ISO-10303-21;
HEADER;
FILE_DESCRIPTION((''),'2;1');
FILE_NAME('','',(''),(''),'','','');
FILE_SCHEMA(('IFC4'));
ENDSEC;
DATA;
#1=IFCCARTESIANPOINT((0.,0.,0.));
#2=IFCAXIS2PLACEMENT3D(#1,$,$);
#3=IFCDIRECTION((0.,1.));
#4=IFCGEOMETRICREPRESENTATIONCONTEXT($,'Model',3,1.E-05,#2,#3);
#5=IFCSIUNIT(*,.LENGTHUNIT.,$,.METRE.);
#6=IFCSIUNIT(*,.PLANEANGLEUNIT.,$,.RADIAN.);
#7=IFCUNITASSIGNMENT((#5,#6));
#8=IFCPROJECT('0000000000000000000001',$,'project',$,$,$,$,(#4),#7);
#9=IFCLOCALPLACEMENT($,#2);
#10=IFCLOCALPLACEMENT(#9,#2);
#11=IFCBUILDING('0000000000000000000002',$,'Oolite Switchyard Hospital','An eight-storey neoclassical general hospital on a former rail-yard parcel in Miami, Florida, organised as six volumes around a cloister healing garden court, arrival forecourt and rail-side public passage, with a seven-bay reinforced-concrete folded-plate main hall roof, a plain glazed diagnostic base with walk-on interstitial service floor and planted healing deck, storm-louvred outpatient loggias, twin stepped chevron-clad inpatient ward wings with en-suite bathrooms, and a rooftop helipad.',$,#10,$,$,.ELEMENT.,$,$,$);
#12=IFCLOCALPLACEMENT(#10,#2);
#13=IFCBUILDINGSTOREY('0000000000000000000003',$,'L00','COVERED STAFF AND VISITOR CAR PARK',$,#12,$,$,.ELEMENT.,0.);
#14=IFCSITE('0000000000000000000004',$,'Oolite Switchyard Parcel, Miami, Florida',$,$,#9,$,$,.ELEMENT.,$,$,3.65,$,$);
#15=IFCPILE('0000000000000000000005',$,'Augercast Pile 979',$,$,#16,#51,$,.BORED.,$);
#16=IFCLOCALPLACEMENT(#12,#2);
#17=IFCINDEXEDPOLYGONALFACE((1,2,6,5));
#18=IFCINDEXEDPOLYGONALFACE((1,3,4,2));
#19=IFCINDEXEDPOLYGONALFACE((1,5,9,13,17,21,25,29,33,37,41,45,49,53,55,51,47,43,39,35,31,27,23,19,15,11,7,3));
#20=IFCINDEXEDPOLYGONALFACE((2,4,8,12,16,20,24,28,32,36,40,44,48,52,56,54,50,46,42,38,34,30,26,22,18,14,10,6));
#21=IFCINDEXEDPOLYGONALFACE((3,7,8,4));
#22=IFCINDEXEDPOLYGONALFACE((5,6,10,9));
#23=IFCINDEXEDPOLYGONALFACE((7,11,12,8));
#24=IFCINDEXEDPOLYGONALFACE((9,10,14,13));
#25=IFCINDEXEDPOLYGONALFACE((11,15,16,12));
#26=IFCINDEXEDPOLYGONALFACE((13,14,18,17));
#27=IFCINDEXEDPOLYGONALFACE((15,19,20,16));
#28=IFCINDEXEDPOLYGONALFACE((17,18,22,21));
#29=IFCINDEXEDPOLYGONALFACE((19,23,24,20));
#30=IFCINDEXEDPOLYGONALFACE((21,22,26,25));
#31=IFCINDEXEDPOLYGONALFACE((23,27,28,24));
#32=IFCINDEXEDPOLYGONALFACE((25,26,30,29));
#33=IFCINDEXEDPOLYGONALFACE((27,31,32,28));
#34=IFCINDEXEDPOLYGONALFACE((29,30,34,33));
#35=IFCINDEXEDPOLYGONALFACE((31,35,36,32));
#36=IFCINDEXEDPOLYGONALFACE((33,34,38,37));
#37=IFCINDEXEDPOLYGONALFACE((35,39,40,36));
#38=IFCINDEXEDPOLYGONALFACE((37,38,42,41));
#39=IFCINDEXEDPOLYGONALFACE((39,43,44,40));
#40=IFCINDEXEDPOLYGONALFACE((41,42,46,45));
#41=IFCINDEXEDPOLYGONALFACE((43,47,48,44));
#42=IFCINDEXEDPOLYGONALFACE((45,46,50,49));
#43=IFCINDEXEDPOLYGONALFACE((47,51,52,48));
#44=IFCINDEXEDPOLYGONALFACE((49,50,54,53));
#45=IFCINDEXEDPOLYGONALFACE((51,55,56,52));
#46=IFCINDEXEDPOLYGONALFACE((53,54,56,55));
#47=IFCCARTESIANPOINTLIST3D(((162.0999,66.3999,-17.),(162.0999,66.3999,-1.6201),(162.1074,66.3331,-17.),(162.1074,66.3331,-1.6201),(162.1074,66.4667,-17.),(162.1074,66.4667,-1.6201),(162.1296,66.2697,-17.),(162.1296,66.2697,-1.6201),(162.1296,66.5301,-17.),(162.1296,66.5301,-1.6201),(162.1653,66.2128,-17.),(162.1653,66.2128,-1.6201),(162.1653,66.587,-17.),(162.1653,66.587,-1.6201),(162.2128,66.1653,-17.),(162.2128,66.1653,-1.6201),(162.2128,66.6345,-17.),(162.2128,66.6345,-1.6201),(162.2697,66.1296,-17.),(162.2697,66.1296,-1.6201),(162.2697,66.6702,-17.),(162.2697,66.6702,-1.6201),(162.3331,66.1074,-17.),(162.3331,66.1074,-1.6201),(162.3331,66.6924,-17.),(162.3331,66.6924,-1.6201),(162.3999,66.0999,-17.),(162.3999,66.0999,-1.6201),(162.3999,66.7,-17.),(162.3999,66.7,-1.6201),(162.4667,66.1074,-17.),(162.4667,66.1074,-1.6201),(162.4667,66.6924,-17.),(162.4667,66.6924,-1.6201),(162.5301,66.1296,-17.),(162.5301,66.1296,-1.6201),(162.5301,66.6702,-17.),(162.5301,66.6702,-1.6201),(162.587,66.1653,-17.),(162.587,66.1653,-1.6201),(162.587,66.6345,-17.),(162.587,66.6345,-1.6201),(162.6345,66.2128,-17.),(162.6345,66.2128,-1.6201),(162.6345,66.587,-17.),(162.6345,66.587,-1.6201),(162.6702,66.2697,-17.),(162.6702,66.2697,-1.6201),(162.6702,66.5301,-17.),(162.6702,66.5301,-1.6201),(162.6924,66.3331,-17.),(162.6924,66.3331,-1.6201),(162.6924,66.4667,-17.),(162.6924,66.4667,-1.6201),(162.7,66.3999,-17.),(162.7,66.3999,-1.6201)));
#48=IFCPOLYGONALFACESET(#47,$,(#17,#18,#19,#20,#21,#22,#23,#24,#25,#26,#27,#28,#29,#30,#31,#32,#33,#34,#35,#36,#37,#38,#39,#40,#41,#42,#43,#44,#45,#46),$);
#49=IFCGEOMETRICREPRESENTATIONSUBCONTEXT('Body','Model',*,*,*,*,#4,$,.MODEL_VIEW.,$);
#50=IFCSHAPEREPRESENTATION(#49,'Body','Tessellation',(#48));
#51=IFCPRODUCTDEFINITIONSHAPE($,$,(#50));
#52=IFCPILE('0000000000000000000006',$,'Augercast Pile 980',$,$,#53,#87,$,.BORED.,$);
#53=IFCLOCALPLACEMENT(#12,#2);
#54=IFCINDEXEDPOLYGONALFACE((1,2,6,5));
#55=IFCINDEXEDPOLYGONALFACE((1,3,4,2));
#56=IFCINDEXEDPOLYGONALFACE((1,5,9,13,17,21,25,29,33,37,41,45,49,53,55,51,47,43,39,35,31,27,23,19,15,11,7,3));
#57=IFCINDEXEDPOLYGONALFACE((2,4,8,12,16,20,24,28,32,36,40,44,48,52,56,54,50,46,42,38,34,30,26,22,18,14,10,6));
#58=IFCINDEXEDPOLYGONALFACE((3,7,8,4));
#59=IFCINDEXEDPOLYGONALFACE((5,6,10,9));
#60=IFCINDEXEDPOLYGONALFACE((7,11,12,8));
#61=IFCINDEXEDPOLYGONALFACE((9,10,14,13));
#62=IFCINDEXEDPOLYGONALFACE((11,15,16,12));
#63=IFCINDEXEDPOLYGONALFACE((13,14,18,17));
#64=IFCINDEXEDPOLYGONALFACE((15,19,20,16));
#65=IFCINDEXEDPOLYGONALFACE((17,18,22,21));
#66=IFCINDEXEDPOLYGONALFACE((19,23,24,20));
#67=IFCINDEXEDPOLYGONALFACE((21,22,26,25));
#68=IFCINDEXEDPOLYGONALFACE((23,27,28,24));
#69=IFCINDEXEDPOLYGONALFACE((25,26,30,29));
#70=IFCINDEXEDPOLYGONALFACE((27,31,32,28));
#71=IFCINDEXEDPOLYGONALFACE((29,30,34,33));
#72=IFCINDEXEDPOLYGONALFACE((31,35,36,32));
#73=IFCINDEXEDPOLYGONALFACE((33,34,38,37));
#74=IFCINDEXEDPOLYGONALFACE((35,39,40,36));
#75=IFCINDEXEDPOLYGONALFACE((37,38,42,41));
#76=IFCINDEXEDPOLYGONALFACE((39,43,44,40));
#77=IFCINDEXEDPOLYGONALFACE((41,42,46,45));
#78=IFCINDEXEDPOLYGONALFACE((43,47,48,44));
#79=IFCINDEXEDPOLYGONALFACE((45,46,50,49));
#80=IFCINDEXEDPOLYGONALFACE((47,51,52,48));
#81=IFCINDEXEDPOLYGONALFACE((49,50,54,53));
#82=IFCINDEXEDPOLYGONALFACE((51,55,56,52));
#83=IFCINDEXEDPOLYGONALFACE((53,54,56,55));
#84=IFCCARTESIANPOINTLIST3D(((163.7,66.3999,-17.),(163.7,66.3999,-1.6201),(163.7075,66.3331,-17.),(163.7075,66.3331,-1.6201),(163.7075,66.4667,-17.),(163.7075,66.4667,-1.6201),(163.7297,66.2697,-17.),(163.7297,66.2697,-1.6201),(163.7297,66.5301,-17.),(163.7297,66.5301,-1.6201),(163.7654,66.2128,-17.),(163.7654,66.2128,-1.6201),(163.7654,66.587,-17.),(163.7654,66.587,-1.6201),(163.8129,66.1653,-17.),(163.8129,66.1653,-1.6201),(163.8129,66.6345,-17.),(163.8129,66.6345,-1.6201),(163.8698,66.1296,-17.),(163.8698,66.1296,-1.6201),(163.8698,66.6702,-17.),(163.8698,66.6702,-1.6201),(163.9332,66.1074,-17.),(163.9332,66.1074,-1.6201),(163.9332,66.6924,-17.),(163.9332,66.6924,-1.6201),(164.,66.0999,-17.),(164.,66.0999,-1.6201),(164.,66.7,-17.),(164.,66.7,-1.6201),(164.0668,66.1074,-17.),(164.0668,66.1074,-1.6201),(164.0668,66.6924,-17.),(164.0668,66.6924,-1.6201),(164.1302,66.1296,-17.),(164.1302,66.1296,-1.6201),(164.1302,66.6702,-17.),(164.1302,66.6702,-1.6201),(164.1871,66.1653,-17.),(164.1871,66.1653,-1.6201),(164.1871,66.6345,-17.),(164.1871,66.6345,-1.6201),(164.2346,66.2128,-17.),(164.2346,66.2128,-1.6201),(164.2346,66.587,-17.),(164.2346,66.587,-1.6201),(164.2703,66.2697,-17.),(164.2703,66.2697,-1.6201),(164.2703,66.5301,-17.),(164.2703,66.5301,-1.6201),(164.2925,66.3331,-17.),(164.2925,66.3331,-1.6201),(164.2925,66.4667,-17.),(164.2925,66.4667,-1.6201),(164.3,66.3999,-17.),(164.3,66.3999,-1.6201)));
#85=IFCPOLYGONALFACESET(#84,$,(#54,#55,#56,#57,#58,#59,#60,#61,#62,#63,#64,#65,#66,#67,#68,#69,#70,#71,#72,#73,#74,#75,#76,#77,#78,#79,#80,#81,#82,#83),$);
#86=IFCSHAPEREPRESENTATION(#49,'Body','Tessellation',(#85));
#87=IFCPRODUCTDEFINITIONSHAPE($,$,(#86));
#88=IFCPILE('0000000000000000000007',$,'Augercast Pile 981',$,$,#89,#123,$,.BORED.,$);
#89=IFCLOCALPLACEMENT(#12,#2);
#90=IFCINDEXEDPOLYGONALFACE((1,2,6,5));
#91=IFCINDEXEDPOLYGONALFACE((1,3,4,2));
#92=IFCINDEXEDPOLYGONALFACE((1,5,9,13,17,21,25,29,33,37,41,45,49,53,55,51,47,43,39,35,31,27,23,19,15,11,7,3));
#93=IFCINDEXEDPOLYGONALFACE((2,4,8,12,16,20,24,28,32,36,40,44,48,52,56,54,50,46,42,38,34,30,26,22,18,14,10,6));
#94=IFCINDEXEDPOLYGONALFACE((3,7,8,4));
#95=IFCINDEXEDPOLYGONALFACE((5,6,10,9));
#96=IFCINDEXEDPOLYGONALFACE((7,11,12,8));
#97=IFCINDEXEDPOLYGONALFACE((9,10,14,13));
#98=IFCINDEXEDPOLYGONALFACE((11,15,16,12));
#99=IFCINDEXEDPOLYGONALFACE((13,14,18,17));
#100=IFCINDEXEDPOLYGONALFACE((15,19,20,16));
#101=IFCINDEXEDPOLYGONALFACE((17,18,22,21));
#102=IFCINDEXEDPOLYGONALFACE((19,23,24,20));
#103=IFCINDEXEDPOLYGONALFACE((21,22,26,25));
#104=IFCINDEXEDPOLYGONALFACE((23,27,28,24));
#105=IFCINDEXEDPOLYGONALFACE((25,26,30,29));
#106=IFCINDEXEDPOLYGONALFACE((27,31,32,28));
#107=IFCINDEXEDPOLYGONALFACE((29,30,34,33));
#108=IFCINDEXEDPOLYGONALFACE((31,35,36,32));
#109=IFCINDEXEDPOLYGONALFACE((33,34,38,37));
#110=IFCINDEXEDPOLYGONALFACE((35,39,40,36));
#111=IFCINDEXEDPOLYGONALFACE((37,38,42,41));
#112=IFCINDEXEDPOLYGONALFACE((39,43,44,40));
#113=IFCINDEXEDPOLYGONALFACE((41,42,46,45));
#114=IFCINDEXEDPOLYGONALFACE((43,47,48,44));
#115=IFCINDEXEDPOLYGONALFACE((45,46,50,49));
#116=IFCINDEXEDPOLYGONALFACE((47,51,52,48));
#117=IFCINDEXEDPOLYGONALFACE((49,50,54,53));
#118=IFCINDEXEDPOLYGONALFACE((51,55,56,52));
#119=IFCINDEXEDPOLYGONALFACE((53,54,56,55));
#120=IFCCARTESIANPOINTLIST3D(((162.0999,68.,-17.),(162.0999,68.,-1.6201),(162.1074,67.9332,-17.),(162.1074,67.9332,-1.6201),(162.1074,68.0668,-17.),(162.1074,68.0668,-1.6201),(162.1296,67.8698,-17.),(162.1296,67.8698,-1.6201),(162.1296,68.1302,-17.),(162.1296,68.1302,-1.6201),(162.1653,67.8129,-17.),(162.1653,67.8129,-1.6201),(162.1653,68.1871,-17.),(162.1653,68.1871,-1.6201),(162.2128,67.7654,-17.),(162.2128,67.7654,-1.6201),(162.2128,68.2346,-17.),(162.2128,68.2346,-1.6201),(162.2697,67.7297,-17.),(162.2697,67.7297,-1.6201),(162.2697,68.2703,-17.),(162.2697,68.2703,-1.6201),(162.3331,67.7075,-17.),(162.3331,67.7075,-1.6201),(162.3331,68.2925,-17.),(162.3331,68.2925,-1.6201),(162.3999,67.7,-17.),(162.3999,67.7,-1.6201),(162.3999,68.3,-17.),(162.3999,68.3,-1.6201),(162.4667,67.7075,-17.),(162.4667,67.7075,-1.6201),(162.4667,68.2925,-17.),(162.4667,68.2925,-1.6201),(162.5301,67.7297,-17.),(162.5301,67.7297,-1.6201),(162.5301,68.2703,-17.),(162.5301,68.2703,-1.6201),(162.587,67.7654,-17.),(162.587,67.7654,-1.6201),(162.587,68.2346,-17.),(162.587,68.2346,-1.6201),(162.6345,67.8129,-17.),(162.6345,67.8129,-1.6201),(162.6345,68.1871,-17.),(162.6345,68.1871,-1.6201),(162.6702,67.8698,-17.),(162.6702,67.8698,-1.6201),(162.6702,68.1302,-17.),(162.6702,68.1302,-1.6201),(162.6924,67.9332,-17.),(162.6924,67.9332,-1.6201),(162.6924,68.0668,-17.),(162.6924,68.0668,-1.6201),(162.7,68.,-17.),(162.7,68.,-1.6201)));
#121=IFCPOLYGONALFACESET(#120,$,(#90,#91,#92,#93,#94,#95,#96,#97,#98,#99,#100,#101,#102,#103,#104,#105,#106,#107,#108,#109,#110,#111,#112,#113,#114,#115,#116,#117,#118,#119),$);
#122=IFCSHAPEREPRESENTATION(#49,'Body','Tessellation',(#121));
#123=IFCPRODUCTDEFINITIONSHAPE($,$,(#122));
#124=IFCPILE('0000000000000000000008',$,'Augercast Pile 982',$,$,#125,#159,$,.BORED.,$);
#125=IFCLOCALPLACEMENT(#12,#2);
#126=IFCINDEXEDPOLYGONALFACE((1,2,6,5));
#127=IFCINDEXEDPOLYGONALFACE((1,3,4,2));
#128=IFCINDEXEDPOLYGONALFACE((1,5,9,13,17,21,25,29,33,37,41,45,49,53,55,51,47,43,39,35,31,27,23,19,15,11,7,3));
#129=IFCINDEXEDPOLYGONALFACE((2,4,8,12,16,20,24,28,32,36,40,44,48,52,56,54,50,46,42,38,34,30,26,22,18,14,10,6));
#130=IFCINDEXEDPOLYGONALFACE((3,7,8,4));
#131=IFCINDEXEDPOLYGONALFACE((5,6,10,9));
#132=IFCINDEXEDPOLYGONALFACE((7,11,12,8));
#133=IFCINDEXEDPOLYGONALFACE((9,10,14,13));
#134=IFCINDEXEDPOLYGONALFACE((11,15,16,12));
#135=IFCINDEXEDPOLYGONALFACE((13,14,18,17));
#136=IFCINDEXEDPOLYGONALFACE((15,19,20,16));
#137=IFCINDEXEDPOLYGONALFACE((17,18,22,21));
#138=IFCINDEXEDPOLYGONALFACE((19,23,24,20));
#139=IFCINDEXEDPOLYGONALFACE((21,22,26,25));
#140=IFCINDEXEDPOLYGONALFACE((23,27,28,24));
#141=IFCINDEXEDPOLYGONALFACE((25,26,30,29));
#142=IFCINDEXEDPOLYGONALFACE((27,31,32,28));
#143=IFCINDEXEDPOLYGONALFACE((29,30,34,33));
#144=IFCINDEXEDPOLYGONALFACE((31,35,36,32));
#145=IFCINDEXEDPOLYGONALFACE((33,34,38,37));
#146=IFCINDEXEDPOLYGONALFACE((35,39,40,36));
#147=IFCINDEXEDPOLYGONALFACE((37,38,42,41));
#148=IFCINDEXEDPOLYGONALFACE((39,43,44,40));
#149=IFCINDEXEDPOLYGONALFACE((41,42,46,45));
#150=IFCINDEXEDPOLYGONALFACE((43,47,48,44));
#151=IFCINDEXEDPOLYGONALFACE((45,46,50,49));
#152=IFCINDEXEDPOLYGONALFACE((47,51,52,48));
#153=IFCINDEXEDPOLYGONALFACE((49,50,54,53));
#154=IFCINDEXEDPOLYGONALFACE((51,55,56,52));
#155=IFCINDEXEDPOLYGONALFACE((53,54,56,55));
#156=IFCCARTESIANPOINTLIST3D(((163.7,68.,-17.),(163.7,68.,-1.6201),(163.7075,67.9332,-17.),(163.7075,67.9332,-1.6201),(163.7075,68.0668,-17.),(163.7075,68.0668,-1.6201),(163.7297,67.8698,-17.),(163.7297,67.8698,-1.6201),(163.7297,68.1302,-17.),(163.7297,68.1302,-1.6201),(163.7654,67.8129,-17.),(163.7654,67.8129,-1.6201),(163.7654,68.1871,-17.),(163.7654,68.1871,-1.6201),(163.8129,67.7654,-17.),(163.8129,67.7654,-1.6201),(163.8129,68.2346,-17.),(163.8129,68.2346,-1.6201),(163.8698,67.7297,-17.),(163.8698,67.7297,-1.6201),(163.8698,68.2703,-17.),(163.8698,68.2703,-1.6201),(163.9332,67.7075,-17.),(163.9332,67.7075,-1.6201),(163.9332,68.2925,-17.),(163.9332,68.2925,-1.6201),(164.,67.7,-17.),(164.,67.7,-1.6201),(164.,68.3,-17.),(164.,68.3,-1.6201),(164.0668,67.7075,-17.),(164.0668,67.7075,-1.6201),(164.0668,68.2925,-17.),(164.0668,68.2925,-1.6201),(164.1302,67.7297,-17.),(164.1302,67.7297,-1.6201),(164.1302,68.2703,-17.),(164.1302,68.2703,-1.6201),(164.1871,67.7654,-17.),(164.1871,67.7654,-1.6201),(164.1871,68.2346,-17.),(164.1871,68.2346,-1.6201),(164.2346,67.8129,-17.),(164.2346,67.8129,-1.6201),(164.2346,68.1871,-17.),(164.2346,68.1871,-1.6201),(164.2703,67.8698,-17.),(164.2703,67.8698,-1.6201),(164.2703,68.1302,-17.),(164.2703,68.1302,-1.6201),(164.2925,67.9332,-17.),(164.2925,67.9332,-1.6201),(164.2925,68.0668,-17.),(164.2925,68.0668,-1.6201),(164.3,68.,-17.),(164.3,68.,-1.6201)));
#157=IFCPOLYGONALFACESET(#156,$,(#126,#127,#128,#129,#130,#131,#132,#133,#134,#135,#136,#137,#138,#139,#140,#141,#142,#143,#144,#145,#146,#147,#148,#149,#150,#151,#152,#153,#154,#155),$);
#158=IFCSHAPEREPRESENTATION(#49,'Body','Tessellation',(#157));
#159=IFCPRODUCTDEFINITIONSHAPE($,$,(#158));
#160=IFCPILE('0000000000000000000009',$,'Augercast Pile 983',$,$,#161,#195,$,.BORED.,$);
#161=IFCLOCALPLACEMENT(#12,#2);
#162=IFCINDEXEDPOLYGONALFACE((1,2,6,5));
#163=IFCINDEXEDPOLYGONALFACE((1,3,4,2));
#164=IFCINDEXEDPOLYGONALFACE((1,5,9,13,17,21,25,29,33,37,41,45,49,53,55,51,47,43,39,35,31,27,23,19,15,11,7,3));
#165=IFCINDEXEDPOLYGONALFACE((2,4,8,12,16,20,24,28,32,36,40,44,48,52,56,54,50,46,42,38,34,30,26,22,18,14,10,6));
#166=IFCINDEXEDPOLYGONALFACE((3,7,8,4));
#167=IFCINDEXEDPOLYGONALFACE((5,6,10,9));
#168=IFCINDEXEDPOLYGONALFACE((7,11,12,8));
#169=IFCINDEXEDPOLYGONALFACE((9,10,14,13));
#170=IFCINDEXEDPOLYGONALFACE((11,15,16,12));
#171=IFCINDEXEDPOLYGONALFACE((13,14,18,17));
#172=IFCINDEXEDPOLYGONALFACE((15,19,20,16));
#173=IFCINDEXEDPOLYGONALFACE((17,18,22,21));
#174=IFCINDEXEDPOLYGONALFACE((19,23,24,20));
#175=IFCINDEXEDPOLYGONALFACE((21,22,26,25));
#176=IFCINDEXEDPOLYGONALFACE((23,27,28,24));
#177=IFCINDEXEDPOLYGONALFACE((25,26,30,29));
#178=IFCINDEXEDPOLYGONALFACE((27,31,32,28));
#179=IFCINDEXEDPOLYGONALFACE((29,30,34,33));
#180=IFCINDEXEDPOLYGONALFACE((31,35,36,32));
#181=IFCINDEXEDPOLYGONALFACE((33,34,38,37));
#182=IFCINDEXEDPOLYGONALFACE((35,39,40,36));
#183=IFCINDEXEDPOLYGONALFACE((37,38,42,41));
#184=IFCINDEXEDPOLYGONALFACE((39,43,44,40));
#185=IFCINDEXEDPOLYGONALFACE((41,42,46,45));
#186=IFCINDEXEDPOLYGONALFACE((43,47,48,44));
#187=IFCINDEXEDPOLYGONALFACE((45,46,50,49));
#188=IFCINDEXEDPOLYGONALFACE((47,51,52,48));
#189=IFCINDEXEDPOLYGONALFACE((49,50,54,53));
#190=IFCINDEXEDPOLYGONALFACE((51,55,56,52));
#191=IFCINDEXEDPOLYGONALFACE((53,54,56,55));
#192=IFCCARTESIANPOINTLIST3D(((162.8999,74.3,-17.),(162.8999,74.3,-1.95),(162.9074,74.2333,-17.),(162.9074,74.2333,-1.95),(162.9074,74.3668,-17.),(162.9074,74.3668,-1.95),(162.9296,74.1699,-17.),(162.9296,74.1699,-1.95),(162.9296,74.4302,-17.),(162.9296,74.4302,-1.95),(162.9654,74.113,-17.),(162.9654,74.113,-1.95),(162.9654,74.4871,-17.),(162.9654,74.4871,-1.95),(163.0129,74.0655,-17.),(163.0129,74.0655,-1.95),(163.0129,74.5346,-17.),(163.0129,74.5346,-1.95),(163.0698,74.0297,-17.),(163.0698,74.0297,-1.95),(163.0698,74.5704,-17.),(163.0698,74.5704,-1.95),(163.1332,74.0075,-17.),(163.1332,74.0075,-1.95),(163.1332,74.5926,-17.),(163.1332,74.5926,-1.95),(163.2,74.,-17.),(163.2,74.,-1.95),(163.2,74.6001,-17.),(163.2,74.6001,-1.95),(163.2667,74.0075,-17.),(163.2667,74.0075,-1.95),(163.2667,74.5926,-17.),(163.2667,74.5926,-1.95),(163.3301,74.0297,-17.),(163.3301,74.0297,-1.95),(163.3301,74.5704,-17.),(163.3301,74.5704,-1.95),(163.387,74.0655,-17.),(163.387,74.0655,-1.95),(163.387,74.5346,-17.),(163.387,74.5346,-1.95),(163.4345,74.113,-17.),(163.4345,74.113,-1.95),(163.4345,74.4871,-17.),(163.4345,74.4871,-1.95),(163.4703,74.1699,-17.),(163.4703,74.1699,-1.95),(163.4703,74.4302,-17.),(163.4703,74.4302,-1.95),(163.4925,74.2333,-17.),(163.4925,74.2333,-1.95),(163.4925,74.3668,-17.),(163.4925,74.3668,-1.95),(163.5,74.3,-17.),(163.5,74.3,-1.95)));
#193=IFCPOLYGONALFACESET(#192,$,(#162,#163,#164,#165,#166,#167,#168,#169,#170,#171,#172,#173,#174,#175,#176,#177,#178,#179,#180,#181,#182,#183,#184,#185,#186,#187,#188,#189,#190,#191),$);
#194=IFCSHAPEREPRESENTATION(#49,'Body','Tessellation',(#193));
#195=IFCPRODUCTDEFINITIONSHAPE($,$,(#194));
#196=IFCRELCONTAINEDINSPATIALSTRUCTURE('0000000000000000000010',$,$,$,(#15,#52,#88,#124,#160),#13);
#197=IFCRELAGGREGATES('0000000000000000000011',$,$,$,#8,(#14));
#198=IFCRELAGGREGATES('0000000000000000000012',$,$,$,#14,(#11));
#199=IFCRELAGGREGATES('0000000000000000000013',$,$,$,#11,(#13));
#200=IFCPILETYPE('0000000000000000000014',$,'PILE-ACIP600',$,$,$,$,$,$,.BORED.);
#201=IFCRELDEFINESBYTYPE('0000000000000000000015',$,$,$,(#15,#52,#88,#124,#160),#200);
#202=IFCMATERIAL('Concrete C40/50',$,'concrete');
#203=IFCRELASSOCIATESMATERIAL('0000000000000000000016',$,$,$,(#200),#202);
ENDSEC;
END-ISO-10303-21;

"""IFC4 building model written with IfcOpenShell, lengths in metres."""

from ifc_helpers import new_model, si_unit, direction, frame, origin, origin_2d, place, context, subcontext, project, spatial, circle, extrude, material, material_profile, profile_set, type_object, element, save


model = new_model("IFC4")

# Units and contexts
model_context = context("Model", 3, precision=1e-05, world=origin(), true_north=direction((0.0, 1.0)))
body_context = subcontext(model_context, "Body", "Model", "MODEL_VIEW")
ifc_project = project(units=[si_unit("LENGTHUNIT", "METRE"), si_unit("PLANEANGLEUNIT", "RADIAN")], contexts=[model_context])

# Site, building, storey
site_placement = place(None, origin())
site = spatial("IfcSite", under=ifc_project, at=site_placement, Name="Oolite Switchyard Parcel, Miami, Florida", CompositionType="ELEMENT", RefElevation=3.65)
building_placement = place(site_placement, origin())
building = spatial("IfcBuilding", under=site, at=building_placement, Name="Oolite Switchyard Hospital", Description="An eight-storey neoclassical general hospital on a former rail-yard parcel in Miami, Florida, organised as six volumes around a cloister healing garden court, arrival forecourt and rail-side public passage, with a seven-bay reinforced-concrete folded-plate main hall roof, a plain glazed diagnostic base with walk-on interstitial service floor and planted healing deck, storm-louvred outpatient loggias, twin stepped chevron-clad inpatient ward wings with en-suite bathrooms, and a rooftop helipad.", CompositionType="ELEMENT")
storey_placement = place(building_placement, origin())
storey = spatial("IfcBuildingStorey", under=building, at=storey_placement, Name="L00", Description="COVERED STAFF AND VISITOR CAR PARK", CompositionType="ELEMENT", Elevation=0.0)

# Shared definitions
ifc_material_1 = material(Name="Concrete C40/50", Category="concrete")

# Piles
ifc_material_profile_1 = material_profile(ifc_material_1, circle(Radius=0.3, at=origin_2d()), Name="PILE600")
ifc_profile_set_1 = profile_set([ifc_material_profile_1], Name="Concrete C40/50")
pile_type = type_object("IfcPileType", Name="PILE-ACIP600", PredefinedType="BORED", material=ifc_profile_set_1)
for number, where, z_axis, x_axis, name in (
    (1, (162.3999, 66.3999, -1.6201), (0.0, 0.0, -1.0), (1.0, 0.0, 0.0), "Augercast Pile 979"),
    (2, (164.0, 66.3999, -1.6201), (0.0, 0.0, -1.0), (1.0, 0.0, 0.0), "Augercast Pile 980"),
    (3, (162.3999, 68.0, -1.6201), (0.0, 0.0, -1.0), (1.0, 0.0, 0.0), "Augercast Pile 981"),
    (4, (164.0, 68.0, -1.6201), (0.0, 0.0, -1.0), (1.0, 0.0, 0.0), "Augercast Pile 982"),
):
    element("IfcPile", number, at=place(storey_placement, frame(where, z_axis=z_axis, x_axis=x_axis)), inside=storey, type_object=pile_type, Name=name, PredefinedType="BORED", context=body_context, shape_type="SweptSolid", body=[
        extrude(circle(Radius=0.3, at=origin_2d()), origin(), (0.0, 0.0, 1.0), 15.3799),
    ])
for number, where, z_axis, x_axis, name in (
    (5, (163.2, 74.3, -1.95), (0.0, 0.0, -1.0), (1.0, 0.0, 0.0), "Augercast Pile 983"),
):
    element("IfcPile", number, at=place(storey_placement, frame(where, z_axis=z_axis, x_axis=x_axis)), inside=storey, type_object=pile_type, Name=name, PredefinedType="BORED", context=body_context, shape_type="SweptSolid", body=[
        extrude(circle(Radius=0.3, at=origin_2d()), origin(), (0.0, 0.0, 1.0), 15.05),
    ])

save(model, "model.ifc")
